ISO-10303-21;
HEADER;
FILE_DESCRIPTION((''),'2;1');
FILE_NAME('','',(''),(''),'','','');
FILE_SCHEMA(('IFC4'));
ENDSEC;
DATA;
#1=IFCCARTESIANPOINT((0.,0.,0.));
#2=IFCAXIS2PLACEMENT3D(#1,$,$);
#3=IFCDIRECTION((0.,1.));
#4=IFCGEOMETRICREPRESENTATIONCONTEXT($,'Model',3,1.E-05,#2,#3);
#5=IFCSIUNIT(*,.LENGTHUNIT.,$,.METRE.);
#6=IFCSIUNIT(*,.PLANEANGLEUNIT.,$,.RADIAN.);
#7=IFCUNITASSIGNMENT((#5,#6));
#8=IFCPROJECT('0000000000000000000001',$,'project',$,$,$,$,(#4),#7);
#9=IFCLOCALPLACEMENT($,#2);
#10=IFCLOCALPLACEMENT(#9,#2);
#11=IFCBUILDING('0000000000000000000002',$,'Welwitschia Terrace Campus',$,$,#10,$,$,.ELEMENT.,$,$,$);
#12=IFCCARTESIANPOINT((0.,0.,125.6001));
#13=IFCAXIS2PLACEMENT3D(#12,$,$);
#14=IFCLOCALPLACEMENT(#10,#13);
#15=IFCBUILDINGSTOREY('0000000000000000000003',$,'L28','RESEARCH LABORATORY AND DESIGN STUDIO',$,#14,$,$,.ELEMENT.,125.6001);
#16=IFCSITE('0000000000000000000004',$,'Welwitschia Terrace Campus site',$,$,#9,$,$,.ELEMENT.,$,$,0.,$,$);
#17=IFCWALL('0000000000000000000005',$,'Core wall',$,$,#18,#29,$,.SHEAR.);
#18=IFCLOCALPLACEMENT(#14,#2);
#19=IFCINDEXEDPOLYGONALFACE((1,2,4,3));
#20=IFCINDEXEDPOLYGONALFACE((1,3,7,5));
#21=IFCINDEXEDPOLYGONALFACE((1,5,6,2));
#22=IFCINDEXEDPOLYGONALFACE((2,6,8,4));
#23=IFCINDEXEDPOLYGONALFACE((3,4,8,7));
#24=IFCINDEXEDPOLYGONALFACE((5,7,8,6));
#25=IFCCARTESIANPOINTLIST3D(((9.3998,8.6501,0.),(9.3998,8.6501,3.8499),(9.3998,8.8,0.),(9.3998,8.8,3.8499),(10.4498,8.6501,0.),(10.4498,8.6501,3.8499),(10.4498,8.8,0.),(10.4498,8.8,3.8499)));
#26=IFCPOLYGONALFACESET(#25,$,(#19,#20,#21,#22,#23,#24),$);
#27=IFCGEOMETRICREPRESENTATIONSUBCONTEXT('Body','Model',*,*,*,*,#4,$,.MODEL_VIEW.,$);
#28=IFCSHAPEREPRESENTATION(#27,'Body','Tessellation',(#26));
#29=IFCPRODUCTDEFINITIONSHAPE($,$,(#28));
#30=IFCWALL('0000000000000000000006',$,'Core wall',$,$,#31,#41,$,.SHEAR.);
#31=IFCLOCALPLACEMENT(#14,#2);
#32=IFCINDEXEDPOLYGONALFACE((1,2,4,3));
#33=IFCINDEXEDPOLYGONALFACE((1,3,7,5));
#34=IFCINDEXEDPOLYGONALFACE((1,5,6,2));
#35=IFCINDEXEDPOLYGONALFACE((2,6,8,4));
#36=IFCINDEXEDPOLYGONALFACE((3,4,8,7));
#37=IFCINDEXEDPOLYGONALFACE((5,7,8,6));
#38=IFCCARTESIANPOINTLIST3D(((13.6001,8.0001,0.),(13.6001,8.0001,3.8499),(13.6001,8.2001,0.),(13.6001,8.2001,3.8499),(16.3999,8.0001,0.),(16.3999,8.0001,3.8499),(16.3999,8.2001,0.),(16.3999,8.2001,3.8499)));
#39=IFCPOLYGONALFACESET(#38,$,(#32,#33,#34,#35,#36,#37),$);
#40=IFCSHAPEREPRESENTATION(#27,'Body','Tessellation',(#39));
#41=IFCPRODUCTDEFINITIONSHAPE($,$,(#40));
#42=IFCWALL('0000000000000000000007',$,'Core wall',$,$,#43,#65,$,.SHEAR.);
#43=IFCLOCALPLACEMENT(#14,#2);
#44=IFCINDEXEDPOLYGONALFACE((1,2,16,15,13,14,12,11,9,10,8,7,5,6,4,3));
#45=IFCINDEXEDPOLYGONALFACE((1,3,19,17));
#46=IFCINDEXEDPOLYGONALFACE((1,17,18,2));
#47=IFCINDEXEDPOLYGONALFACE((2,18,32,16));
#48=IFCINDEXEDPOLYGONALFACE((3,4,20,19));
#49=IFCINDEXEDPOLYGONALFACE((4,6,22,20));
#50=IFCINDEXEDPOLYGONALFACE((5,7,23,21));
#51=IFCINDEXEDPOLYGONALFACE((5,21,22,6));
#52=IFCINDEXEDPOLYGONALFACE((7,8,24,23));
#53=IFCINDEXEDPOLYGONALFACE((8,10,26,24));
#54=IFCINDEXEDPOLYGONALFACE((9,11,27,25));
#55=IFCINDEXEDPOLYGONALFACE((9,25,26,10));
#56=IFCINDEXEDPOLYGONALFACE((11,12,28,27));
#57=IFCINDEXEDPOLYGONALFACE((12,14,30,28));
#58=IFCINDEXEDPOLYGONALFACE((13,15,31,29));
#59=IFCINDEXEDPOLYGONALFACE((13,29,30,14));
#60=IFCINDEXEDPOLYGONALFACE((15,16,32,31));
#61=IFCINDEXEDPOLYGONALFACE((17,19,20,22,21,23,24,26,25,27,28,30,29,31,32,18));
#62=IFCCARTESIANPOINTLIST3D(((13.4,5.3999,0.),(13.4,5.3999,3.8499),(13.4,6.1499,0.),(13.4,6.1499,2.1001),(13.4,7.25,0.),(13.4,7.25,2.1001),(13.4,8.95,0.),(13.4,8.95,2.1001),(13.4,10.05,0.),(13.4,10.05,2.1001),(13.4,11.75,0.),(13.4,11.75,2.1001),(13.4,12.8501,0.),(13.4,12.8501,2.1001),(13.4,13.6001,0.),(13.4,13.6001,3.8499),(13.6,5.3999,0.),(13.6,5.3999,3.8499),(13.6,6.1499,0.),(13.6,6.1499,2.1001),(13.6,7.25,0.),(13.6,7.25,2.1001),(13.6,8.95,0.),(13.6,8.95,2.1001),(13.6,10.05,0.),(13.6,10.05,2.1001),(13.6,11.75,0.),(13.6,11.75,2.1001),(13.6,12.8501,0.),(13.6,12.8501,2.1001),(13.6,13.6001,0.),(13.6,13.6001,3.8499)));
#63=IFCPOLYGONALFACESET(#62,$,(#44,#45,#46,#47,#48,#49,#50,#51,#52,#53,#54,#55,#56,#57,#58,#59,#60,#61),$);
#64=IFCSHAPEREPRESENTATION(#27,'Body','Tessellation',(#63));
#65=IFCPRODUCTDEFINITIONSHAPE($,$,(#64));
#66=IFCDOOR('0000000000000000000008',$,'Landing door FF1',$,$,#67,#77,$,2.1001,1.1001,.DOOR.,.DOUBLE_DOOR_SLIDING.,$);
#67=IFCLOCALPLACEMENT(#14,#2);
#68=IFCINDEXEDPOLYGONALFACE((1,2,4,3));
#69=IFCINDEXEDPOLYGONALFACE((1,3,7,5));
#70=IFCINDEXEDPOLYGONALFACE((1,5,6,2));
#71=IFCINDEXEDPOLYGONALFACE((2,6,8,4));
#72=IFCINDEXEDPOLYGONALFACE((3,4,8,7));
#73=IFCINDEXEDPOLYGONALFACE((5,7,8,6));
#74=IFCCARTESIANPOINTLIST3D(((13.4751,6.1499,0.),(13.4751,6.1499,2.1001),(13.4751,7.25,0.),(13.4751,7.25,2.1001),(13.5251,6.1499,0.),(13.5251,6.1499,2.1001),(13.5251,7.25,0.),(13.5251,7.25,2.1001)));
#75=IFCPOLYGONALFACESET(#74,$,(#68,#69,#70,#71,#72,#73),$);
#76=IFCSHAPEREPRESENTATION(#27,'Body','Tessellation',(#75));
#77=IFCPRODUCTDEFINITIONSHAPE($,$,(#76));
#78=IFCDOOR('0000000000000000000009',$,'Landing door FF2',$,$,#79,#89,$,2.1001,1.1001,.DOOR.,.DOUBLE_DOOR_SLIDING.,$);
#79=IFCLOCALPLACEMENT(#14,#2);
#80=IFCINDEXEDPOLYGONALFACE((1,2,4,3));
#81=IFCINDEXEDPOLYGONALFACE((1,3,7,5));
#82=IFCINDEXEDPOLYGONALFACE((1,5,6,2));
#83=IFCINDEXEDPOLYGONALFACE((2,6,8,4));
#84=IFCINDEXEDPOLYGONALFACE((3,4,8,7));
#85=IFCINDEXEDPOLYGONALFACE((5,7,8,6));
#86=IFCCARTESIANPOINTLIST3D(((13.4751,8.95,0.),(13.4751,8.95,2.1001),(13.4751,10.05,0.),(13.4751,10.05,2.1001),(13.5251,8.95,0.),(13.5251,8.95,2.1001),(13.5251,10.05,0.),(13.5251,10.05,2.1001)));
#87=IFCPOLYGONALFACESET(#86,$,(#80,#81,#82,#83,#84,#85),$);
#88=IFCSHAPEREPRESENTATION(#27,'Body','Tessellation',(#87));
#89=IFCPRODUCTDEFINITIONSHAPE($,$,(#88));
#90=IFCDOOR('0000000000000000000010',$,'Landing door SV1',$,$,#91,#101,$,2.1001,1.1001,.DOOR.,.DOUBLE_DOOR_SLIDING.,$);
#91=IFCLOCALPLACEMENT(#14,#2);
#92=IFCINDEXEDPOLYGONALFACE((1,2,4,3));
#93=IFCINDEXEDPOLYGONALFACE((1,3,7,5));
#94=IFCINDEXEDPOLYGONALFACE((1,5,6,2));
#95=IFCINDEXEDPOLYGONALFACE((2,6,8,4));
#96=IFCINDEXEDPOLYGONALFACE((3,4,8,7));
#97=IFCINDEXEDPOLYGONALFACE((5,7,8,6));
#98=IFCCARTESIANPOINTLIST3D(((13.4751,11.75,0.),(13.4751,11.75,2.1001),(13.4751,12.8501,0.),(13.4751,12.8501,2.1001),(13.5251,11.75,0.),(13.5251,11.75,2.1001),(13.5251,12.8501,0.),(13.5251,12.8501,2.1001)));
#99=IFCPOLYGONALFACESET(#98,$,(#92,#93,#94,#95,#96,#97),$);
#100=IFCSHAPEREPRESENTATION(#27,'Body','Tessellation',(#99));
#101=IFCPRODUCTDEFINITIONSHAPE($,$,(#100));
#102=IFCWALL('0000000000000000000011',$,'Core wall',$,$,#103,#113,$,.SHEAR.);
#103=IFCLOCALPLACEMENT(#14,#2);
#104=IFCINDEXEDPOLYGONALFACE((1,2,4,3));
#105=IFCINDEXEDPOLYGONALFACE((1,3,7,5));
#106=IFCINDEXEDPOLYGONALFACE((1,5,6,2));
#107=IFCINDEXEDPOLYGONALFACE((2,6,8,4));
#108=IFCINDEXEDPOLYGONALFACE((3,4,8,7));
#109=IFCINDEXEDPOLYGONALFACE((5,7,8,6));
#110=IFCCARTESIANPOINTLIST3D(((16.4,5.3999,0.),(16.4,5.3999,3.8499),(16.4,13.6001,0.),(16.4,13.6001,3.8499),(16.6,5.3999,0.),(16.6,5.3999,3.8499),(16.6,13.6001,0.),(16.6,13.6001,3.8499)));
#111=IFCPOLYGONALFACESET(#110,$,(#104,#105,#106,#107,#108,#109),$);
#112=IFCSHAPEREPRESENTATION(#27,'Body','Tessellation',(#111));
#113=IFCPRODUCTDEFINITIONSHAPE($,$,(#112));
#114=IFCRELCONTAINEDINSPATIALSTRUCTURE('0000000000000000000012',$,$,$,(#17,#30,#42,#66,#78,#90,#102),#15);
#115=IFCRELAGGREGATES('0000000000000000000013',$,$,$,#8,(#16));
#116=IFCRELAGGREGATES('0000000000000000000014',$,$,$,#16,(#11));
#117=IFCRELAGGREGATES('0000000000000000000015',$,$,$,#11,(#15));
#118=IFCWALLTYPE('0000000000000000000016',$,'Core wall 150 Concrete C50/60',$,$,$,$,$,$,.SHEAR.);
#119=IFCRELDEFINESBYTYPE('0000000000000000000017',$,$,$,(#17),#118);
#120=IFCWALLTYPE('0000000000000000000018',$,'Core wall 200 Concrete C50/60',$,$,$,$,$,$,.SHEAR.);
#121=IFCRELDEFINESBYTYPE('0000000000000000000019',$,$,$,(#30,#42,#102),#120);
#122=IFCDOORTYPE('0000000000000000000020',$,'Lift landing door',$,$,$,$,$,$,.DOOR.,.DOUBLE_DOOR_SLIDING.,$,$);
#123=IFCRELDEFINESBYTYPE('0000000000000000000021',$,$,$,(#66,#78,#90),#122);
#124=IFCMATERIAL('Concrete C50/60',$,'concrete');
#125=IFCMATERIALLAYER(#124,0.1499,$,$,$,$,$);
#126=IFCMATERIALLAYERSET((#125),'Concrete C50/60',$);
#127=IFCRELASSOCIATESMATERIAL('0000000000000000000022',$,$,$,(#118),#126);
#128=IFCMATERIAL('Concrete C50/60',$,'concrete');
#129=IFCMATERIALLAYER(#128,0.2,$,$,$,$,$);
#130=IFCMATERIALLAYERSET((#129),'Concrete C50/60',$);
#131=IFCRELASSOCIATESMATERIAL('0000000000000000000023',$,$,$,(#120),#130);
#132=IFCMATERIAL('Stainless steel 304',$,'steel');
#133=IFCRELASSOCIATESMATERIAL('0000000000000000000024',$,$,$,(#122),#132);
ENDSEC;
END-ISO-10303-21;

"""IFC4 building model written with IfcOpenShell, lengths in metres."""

from ifc_helpers import new_model, si_unit, direction, frame, frame_2d, origin, place, context, subcontext, project, spatial, rectangle, extrude, material, layer, layer_set, type_object, element, fill, save


model = new_model("IFC4")

# Units and contexts
model_context = context("Model", 3, precision=1e-05, world=origin(), true_north=direction((0.0, 1.0)))
body_context = subcontext(model_context, "Body", "Model", "MODEL_VIEW")
ifc_project = project(units=[si_unit("LENGTHUNIT", "METRE"), si_unit("PLANEANGLEUNIT", "RADIAN")], contexts=[model_context])

# Site, building, storey
site_placement = place(None, origin())
site = spatial("IfcSite", under=ifc_project, at=site_placement, Name="Welwitschia Terrace Campus site", CompositionType="ELEMENT", RefElevation=0.0)
building_placement = place(site_placement, origin())
building = spatial("IfcBuilding", under=site, at=building_placement, Name="Welwitschia Terrace Campus", CompositionType="ELEMENT")
storey_placement = place(building_placement, frame((0.0, 0.0, 125.6001)))
storey = spatial("IfcBuildingStorey", under=building, at=storey_placement, Name="L28", Description="RESEARCH LABORATORY AND DESIGN STUDIO", CompositionType="ELEMENT", Elevation=125.6001)

# Walls
ifc_material_1 = material(Name="Concrete C50/60", Category="concrete")
ifc_layer_1 = layer(ifc_material_1, 0.1499)
ifc_layer_set_1 = layer_set([ifc_layer_1], Name="Concrete C50/60")
wall_type_1 = type_object("IfcWallType", Name="Core wall 150 Concrete C50/60", PredefinedType="SHEAR", material=ifc_layer_set_1)
for number, where, z_axis, x_axis, name in (
    (1, (9.3999, 8.7251, 0.0), (0.0, 0.0, 1.0), (1.0, 0.0, 0.0), "Core wall"),
):
    element("IfcWall", number, at=place(storey_placement, frame(where, z_axis=z_axis, x_axis=x_axis)), inside=storey, type_object=wall_type_1, Name=name, PredefinedType="SHEAR", context=body_context, shape_type="SweptSolid", body=[
        extrude(rectangle(XDim=1.05, YDim=0.1499, at=frame_2d((0.5249, 0.0))), origin(), (0.0, 0.0, 1.0), 3.8499),
    ])
ifc_material_2 = material(Name="Concrete C50/60", Category="concrete")
ifc_layer_2 = layer(ifc_material_2, 0.2)
ifc_layer_set_2 = layer_set([ifc_layer_2], Name="Concrete C50/60")
wall_type_2 = type_object("IfcWallType", Name="Core wall 200 Concrete C50/60", PredefinedType="SHEAR", material=ifc_layer_set_2)
wall_1_placement = place(storey_placement, frame((13.6001, 8.1001, 0.0), z_axis=(0.0, 0.0, 1.0), x_axis=(1.0, 0.0, 0.0)))
element("IfcWall", 2, at=wall_1_placement, inside=storey, type_object=wall_type_2, Name="Core wall", PredefinedType="SHEAR", context=body_context, shape_type="SweptSolid", body=[
    extrude(rectangle(XDim=2.7998, YDim=0.2, at=frame_2d((1.3999, 0.0))), origin(), (0.0, 0.0, 1.0), 3.8499),
])

# Wall, openings, doors
wall_2_placement = place(storey_placement, frame((13.5, 5.3999, 0.0), z_axis=(0.0, 0.0, 1.0), x_axis=(0.0, 1.0, 0.0)))
wall_2 = element("IfcWall", 3, at=wall_2_placement, inside=storey, type_object=wall_type_2, Name="Core wall", PredefinedType="SHEAR", context=body_context, shape_type="SweptSolid", body=[
    extrude(rectangle(XDim=8.2002, YDim=0.2, at=frame_2d((4.1001, 0.0))), origin(), (0.0, 0.0, 1.0), 3.8499),
])
opening_1_placement = place(wall_2_placement, frame((0.75, 0.0, 0.0)))
opening_1 = element("IfcOpeningElement", 4, at=opening_1_placement, cuts=wall_2, PredefinedType="OPENING", context=body_context, shape_type="SweptSolid", body=[
    extrude(rectangle(XDim=1.1001, YDim=2.1001, at=frame_2d((0.55, 1.05))), frame((0.0, 0.1099, 0.0), z_axis=(0.0, -1.0, 0.0), x_axis=(1.0, 0.0, 0.0)), (0.0, 0.0, 1.0), 0.22),
])
opening_2_placement = place(wall_2_placement, frame((3.55, 0.0, 0.0)))
opening_2 = element("IfcOpeningElement", 5, at=opening_2_placement, cuts=wall_2, PredefinedType="OPENING", context=body_context, shape_type="SweptSolid", body=[
    extrude(rectangle(XDim=1.1001, YDim=2.1001, at=frame_2d((0.55, 1.05))), frame((0.0, 0.1099, 0.0), z_axis=(0.0, -1.0, 0.0), x_axis=(1.0, 0.0, 0.0)), (0.0, 0.0, 1.0), 0.22),
])
opening_3_placement = place(wall_2_placement, frame((6.3501, 0.0, 0.0)))
opening_3 = element("IfcOpeningElement", 6, at=opening_3_placement, cuts=wall_2, PredefinedType="OPENING", context=body_context, shape_type="SweptSolid", body=[
    extrude(rectangle(XDim=1.1001, YDim=2.1001, at=frame_2d((0.55, 1.05))), frame((0.0, 0.1099, 0.0), z_axis=(0.0, -1.0, 0.0), x_axis=(1.0, 0.0, 0.0)), (0.0, 0.0, 1.0), 0.22),
])
ifc_material_3 = material(Name="Stainless steel 304", Category="steel")
door_type_1 = type_object("IfcDoorType", Name="Lift landing door", OperationType="DOUBLE_DOOR_SLIDING", PredefinedType="DOOR", material=ifc_material_3)
door_1_placement = place(opening_1_placement, origin())
door_1 = element("IfcDoor", 7, at=door_1_placement, inside=storey, type_object=door_type_1, Name="Landing door FF1", OperationType="DOUBLE_DOOR_SLIDING", OverallHeight=2.1001, OverallWidth=1.1001, PredefinedType="DOOR", context=body_context, shape_type="SweptSolid", body=[
    extrude(rectangle(XDim=1.1001, YDim=2.1001, at=frame_2d((0.55, 1.05))), frame((0.0, 0.0249, 0.0), z_axis=(0.0, -1.0, 0.0), x_axis=(1.0, 0.0, 0.0)), (0.0, 0.0, 1.0), 0.05),
])
fill(opening_1, door_1)
door_2_placement = place(opening_2_placement, origin())
door_2 = element("IfcDoor", 8, at=door_2_placement, inside=storey, type_object=door_type_1, Name="Landing door FF2", OperationType="DOUBLE_DOOR_SLIDING", OverallHeight=2.1001, OverallWidth=1.1001, PredefinedType="DOOR", context=body_context, shape_type="SweptSolid", body=[
    extrude(rectangle(XDim=1.1001, YDim=2.1001, at=frame_2d((0.55, 1.05))), frame((0.0, 0.0249, 0.0), z_axis=(0.0, -1.0, 0.0), x_axis=(1.0, 0.0, 0.0)), (0.0, 0.0, 1.0), 0.05),
])
fill(opening_2, door_2)
door_3_placement = place(opening_3_placement, origin())
door_3 = element("IfcDoor", 9, at=door_3_placement, inside=storey, type_object=door_type_1, Name="Landing door SV1", OperationType="DOUBLE_DOOR_SLIDING", OverallHeight=2.1001, OverallWidth=1.1001, PredefinedType="DOOR", context=body_context, shape_type="SweptSolid", body=[
    extrude(rectangle(XDim=1.1001, YDim=2.1001, at=frame_2d((0.55, 1.05))), frame((0.0, 0.0249, 0.0), z_axis=(0.0, -1.0, 0.0), x_axis=(1.0, 0.0, 0.0)), (0.0, 0.0, 1.0), 0.05),
])
fill(opening_3, door_3)

# Wall
wall_3_placement = place(storey_placement, frame((16.5, 5.3999, 0.0), z_axis=(0.0, 0.0, 1.0), x_axis=(0.0, 1.0, 0.0)))
element("IfcWall", 10, at=wall_3_placement, inside=storey, type_object=wall_type_2, Name="Core wall", PredefinedType="SHEAR", context=body_context, shape_type="SweptSolid", body=[
    extrude(rectangle(XDim=8.2002, YDim=0.2, at=frame_2d((4.1001, 0.0))), origin(), (0.0, 0.0, 1.0), 3.8499),
])

save(model, "model.ifc")
